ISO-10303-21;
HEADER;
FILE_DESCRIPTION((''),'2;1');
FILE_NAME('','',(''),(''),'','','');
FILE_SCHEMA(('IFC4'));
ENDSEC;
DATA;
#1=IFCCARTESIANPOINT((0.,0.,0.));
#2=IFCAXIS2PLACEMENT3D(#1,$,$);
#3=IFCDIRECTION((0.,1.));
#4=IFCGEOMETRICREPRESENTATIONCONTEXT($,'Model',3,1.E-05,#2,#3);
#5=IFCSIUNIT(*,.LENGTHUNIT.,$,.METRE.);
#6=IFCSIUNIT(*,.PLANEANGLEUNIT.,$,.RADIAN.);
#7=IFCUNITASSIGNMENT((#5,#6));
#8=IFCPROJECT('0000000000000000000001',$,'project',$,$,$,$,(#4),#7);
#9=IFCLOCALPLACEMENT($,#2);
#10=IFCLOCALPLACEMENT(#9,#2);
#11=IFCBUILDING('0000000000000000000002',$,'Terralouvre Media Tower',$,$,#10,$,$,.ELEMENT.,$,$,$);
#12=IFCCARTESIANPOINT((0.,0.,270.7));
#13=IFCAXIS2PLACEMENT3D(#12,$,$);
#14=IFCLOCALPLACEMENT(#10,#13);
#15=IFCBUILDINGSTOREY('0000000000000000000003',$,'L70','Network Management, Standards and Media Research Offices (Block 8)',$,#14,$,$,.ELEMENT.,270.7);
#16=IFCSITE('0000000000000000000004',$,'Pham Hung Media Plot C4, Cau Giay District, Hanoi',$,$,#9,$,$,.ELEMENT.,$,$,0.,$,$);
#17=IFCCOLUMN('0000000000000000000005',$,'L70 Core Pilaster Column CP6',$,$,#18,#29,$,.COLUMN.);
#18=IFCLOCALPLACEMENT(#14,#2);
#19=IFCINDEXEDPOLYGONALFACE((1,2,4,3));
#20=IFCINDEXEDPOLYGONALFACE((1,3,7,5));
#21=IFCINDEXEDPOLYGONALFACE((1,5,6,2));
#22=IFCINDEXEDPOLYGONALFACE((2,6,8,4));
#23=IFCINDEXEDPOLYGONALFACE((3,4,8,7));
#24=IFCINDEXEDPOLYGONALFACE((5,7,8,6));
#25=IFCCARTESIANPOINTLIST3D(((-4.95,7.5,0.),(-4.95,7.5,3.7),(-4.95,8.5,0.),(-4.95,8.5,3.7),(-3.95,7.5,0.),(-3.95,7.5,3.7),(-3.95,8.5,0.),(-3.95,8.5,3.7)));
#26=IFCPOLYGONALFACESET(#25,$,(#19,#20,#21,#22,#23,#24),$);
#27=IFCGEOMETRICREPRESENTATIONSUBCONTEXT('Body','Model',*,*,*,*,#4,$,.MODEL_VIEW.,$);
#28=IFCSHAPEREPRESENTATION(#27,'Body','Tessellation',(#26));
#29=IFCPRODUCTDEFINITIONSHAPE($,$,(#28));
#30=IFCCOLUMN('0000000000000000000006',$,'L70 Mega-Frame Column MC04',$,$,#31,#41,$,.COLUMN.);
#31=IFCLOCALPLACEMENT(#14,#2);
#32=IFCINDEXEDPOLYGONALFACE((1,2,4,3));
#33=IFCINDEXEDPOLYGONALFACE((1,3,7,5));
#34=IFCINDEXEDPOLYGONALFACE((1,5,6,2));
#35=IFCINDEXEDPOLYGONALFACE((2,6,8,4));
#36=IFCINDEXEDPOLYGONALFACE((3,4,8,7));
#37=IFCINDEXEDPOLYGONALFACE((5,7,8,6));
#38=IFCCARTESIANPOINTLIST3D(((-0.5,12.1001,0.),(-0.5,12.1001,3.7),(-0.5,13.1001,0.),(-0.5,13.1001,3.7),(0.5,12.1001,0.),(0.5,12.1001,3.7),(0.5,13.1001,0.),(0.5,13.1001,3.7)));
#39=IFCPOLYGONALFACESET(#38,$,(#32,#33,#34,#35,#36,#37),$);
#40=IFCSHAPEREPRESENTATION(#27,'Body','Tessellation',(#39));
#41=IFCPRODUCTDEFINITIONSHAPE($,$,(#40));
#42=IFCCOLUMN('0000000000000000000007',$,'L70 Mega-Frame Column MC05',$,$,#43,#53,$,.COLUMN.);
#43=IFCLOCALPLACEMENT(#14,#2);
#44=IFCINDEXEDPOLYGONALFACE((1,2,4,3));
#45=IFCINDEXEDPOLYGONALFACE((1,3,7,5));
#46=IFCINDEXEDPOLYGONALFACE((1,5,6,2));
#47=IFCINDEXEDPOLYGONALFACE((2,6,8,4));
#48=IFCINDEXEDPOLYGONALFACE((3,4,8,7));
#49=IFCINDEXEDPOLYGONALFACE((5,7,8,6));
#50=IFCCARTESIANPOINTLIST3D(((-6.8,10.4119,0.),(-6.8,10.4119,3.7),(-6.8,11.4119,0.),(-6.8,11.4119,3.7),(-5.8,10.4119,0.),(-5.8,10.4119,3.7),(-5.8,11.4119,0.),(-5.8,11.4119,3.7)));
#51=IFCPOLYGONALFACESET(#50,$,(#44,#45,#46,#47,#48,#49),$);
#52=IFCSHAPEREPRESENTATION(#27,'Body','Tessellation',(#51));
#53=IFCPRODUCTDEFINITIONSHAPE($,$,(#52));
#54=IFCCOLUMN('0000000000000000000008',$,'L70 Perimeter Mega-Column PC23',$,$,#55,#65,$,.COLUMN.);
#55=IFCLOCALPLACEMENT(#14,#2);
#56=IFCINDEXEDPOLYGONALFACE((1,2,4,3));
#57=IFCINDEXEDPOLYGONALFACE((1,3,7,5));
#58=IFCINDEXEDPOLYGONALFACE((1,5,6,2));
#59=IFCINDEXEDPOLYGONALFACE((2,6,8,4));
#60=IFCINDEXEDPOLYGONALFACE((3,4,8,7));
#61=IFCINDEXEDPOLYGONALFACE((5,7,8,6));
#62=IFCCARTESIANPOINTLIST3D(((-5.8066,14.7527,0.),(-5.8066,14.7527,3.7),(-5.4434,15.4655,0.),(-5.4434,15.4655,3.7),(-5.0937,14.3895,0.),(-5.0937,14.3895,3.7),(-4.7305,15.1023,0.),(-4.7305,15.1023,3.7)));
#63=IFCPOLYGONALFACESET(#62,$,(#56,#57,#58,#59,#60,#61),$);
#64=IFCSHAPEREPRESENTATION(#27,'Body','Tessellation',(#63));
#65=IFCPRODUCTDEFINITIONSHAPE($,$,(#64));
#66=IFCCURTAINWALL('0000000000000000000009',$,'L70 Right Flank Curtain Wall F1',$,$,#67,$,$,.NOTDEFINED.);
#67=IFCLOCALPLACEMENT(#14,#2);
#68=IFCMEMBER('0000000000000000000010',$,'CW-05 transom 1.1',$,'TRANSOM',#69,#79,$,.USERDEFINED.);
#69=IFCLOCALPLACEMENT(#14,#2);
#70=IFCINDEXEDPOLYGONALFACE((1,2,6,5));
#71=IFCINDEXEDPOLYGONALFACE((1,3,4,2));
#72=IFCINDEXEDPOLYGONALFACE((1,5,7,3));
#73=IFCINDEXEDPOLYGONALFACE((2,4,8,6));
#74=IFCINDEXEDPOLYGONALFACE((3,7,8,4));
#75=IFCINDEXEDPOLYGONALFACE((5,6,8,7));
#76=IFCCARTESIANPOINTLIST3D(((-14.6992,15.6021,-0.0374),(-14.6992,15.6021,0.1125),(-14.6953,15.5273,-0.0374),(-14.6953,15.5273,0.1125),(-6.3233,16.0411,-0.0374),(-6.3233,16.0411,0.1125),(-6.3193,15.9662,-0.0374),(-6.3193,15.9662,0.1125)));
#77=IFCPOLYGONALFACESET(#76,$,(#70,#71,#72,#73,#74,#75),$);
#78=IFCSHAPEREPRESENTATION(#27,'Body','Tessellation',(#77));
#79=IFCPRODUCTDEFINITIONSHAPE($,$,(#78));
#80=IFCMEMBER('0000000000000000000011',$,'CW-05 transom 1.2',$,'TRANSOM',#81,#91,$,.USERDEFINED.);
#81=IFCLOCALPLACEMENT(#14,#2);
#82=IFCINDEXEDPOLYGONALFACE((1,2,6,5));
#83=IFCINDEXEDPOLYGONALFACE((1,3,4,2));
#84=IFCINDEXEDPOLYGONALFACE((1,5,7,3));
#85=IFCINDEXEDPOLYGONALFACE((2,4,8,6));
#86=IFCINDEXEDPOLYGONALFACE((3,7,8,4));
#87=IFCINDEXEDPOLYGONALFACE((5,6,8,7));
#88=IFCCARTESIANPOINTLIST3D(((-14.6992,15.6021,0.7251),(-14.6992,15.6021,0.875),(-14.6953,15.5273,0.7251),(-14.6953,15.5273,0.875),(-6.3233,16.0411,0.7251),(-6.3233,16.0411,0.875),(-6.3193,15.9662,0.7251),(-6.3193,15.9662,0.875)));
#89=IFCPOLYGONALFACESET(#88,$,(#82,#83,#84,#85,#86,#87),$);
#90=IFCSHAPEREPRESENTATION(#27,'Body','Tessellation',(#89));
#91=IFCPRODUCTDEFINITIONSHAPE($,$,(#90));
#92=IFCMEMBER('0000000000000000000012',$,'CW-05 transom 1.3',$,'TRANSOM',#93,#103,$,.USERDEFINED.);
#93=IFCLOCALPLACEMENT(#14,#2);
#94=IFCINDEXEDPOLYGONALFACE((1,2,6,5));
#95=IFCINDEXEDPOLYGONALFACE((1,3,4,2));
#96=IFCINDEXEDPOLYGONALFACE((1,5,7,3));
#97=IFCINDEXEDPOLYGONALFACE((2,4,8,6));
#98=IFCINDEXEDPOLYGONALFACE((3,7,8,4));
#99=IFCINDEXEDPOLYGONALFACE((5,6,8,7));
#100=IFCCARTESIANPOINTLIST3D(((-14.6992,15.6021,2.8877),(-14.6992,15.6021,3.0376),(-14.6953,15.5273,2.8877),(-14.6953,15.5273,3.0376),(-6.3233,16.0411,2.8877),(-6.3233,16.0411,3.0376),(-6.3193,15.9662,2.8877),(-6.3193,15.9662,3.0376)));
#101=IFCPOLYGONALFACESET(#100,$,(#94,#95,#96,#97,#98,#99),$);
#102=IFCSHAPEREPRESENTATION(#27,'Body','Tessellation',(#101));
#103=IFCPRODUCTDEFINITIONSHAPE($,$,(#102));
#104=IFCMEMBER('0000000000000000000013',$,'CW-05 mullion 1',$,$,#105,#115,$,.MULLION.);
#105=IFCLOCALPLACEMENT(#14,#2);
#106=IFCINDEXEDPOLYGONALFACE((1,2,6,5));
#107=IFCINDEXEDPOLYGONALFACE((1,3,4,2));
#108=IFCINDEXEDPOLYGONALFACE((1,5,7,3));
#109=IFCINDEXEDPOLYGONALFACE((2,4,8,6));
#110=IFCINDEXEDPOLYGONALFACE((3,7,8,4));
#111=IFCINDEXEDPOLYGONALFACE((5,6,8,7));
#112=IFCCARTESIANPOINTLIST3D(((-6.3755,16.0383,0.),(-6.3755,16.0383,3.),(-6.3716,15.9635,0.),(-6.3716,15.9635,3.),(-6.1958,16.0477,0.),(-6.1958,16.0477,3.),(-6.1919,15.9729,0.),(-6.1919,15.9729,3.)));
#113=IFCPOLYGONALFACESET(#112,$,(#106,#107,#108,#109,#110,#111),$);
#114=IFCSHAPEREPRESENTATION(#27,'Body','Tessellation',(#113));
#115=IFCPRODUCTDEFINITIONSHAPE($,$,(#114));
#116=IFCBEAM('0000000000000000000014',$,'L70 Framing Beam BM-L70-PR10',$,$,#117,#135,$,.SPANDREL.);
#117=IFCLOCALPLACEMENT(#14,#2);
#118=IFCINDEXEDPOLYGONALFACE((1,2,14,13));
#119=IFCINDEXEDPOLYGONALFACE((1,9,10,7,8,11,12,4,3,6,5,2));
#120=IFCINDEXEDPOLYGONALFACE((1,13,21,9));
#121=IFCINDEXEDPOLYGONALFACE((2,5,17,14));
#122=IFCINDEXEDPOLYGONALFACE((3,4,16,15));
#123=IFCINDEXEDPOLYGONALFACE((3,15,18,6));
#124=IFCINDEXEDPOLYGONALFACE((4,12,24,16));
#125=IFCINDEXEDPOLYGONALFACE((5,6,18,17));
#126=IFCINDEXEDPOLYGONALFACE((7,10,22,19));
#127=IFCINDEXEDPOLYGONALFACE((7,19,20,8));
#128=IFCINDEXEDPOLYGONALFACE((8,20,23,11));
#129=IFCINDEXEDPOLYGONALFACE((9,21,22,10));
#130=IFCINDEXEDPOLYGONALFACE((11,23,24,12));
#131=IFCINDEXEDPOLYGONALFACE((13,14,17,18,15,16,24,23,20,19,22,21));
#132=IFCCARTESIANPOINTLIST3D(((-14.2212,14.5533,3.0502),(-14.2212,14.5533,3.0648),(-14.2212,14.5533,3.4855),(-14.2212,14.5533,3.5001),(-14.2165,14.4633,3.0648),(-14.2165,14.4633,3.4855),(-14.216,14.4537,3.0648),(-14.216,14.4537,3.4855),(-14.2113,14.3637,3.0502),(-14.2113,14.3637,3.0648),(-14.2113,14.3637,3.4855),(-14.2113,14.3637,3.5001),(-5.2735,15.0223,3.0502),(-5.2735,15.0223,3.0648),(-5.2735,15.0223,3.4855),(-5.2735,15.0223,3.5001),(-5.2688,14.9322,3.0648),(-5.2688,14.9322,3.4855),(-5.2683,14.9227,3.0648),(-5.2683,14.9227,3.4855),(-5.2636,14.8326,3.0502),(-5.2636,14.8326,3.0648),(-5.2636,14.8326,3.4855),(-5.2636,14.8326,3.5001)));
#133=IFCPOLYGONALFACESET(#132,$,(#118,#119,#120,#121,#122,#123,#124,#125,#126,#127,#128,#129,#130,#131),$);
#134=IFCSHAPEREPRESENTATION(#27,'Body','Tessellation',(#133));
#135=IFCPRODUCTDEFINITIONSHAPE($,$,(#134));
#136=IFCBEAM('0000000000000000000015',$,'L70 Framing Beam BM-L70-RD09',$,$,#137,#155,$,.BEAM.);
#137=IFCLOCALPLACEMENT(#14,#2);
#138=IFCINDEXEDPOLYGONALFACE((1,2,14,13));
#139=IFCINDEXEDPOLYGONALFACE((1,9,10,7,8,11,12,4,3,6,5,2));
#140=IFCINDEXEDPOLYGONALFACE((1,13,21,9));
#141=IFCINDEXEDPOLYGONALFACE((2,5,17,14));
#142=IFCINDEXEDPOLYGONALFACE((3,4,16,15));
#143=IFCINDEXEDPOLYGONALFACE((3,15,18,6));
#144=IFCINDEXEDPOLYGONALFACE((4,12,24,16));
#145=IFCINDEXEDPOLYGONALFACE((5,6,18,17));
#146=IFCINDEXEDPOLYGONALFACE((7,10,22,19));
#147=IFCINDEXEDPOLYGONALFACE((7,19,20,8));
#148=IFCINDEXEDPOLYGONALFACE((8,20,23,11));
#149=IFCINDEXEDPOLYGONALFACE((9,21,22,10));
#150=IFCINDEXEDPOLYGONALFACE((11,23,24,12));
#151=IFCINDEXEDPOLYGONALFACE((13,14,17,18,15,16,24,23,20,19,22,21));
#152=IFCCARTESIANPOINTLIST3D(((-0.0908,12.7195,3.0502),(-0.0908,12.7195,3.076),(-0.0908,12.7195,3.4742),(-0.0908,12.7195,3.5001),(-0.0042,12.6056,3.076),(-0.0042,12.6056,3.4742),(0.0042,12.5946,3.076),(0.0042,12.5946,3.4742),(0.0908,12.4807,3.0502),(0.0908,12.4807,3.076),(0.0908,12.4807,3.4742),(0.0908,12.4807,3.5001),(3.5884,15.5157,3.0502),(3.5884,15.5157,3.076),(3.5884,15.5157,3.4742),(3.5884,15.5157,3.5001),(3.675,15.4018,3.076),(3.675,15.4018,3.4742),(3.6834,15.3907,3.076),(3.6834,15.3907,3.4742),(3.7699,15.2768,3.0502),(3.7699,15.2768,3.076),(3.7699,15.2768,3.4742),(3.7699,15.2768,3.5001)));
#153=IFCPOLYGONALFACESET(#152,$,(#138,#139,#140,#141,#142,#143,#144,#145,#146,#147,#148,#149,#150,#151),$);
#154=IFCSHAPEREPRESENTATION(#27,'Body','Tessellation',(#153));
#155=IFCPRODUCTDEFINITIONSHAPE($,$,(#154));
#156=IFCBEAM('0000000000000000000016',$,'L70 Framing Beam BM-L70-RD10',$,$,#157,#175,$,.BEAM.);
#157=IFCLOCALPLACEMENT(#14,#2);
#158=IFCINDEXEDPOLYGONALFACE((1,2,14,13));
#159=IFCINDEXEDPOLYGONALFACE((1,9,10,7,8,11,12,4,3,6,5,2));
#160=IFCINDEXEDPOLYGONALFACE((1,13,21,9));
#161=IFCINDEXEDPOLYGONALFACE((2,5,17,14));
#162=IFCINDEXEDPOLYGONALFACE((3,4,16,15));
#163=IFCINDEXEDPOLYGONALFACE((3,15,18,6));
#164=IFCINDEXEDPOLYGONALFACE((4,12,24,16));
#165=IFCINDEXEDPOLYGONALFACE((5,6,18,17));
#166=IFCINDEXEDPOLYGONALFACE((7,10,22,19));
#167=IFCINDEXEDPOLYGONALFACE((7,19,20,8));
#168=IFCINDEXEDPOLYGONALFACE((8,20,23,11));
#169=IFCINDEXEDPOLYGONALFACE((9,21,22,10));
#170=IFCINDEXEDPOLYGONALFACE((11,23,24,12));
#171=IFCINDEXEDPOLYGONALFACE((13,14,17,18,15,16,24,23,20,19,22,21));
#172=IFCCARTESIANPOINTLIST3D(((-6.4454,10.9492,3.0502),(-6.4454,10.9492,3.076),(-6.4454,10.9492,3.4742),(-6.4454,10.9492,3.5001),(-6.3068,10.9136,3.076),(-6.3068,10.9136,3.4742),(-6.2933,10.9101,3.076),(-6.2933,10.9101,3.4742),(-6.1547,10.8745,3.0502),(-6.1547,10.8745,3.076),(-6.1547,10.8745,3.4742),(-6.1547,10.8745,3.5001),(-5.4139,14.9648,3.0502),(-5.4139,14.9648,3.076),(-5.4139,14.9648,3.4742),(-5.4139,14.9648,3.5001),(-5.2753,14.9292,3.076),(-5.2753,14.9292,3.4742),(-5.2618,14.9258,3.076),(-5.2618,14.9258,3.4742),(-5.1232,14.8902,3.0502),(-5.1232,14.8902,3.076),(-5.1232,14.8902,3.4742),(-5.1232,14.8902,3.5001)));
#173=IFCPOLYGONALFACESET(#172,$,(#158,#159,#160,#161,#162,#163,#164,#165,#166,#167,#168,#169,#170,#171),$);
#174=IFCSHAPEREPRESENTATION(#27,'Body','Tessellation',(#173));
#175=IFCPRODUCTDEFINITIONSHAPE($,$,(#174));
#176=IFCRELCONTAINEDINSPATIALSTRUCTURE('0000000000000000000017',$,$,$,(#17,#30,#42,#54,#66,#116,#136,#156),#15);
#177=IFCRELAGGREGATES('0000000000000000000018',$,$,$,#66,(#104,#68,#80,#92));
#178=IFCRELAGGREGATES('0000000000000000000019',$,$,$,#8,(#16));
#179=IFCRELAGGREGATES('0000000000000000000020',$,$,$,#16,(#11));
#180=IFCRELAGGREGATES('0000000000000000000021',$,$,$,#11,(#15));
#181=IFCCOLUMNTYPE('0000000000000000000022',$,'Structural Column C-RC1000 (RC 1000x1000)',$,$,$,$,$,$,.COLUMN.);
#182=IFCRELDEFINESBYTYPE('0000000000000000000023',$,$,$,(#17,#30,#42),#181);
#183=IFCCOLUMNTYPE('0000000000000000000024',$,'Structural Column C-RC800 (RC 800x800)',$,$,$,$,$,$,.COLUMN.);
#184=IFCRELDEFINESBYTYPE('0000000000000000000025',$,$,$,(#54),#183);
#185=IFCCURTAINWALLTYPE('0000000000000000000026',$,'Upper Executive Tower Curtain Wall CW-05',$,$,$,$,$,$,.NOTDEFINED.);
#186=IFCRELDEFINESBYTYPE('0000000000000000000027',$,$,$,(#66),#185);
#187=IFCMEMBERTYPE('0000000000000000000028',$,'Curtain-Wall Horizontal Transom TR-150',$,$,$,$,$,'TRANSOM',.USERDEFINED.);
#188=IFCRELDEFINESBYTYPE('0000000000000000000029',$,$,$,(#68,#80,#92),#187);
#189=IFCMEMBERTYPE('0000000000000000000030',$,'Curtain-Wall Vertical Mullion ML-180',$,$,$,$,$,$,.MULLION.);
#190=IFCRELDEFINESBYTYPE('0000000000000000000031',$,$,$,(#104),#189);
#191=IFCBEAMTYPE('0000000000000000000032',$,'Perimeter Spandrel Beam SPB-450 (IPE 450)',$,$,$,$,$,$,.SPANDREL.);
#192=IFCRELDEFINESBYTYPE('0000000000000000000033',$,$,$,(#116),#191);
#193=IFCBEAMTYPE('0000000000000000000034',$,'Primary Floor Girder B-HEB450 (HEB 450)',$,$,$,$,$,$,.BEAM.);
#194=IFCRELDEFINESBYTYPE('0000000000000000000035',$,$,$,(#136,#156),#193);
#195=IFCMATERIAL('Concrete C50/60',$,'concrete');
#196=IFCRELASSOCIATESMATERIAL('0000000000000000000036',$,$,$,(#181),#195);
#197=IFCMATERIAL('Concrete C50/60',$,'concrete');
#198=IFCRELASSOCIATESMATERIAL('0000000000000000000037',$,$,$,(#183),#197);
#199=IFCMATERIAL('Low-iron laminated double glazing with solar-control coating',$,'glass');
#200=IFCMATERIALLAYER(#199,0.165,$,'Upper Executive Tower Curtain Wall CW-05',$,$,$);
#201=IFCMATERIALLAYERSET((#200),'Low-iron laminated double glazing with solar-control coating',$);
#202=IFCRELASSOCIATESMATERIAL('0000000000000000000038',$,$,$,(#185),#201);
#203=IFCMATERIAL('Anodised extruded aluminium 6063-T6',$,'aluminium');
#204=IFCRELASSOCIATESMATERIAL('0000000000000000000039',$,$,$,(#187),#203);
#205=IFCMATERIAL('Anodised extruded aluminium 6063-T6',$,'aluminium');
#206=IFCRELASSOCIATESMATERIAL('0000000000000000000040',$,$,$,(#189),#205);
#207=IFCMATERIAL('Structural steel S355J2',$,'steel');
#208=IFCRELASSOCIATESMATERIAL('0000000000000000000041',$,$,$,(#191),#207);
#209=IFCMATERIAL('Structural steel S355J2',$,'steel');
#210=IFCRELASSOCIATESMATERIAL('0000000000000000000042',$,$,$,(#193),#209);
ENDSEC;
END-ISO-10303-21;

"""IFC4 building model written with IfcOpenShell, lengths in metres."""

from ifc_helpers import new_model, si_unit, direction, frame, origin, origin_2d, place, context, subcontext, project, spatial, rectangle, i_section, extrude, material, layer, layer_set, material_profile, profile_set, type_object, element, aggregate, save


model = new_model("IFC4")

# Units and contexts
model_context = context("Model", 3, precision=1e-05, world=origin(), true_north=direction((0.0, 1.0)))
body_context = subcontext(model_context, "Body", "Model", "MODEL_VIEW")
ifc_project = project(units=[si_unit("LENGTHUNIT", "METRE"), si_unit("PLANEANGLEUNIT", "RADIAN")], contexts=[model_context])

# Site, building, storey
site_placement = place(None, origin())
site = spatial("IfcSite", under=ifc_project, at=site_placement, Name="Pham Hung Media Plot C4, Cau Giay District, Hanoi", CompositionType="ELEMENT", RefElevation=0.0)
building_placement = place(site_placement, origin())
building = spatial("IfcBuilding", under=site, at=building_placement, Name="Terralouvre Media Tower", CompositionType="ELEMENT")
storey_placement = place(building_placement, frame((0.0, 0.0, 270.7)))
storey = spatial("IfcBuildingStorey", under=building, at=storey_placement, Name="L70", Description="Network Management, Standards and Media Research Offices (Block 8)", CompositionType="ELEMENT", Elevation=270.7)

# Columns
ifc_material_1 = material(Name="Concrete C50/60", Category="concrete")
ifc_material_profile_1 = material_profile(ifc_material_1, rectangle(XDim=1.0, YDim=1.0, at=origin_2d()), Name="RC 1000x1000")
ifc_profile_set_1 = profile_set([ifc_material_profile_1], Name="Concrete C50/60")
column_type_1 = type_object("IfcColumnType", Name="Structural Column C-RC1000 (RC 1000x1000)", PredefinedType="COLUMN", material=ifc_profile_set_1)
for number, where, z_axis, x_axis, name in (
    (1, (-4.45, 8.0, 0.0), (0.0, 0.0, 1.0), (1.0, 0.0, 0.0), "L70 Core Pilaster Column CP6"),
    (2, (0.0, 12.6001, 0.0), (0.0, 0.0, 1.0), (1.0, 0.0, 0.0), "L70 Mega-Frame Column MC04"),
    (3, (-6.3, 10.9119, 0.0), (0.0, 0.0, 1.0), (1.0, 0.0, 0.0), "L70 Mega-Frame Column MC05"),
):
    element("IfcColumn", number, at=place(storey_placement, frame(where, z_axis=z_axis, x_axis=x_axis)), inside=storey, type_object=column_type_1, Name=name, PredefinedType="COLUMN", context=body_context, shape_type="SweptSolid", body=[
        extrude(rectangle(XDim=1.0, YDim=1.0, at=origin_2d()), origin(), (0.0, 0.0, 1.0), 3.7),
    ])
ifc_material_2 = material(Name="Concrete C50/60", Category="concrete")
ifc_material_profile_2 = material_profile(ifc_material_2, rectangle(XDim=0.8, YDim=0.8, at=origin_2d()), Name="RC 800x800")
ifc_profile_set_2 = profile_set([ifc_material_profile_2], Name="Concrete C50/60")
column_type_2 = type_object("IfcColumnType", Name="Structural Column C-RC800 (RC 800x800)", PredefinedType="COLUMN", material=ifc_profile_set_2)
column_placement = place(storey_placement, frame((-5.2686, 14.9275, 0.0), z_axis=(0.0, 0.0, 1.0), x_axis=(0.45399, 0.891007, 0.0)))
element("IfcColumn", 4, at=column_placement, inside=storey, type_object=column_type_2, Name="L70 Perimeter Mega-Column PC23", PredefinedType="COLUMN", context=body_context, shape_type="SweptSolid", body=[
    extrude(rectangle(XDim=0.8, YDim=0.8, at=origin_2d()), origin(), (0.0, 0.0, 1.0), 3.7),
])

# Curtain wall, members
ifc_material_3 = material(Name="Low-iron laminated double glazing with solar-control coating", Category="glass")
ifc_layer_1 = layer(ifc_material_3, 0.165, Name="Upper Executive Tower Curtain Wall CW-05")
ifc_layer_set_1 = layer_set([ifc_layer_1], Name="Low-iron laminated double glazing with solar-control coating")
curtain_wall_type = type_object("IfcCurtainWallType", Name="Upper Executive Tower Curtain Wall CW-05", PredefinedType="NOTDEFINED", material=ifc_layer_set_1)
curtain_wall_placement = place(storey_placement, origin())
curtain_wall = element("IfcCurtainWall", 5, at=curtain_wall_placement, inside=storey, type_object=curtain_wall_type, Name="L70 Right Flank Curtain Wall F1", PredefinedType="NOTDEFINED")
ifc_material_4 = material(Name="Anodised extruded aluminium 6063-T6", Category="aluminium")
ifc_material_profile_3 = material_profile(ifc_material_4, rectangle(XDim=0.075, YDim=0.1499, at=origin_2d()), Name="ALU 75x150")
ifc_profile_set_3 = profile_set([ifc_material_profile_3], Name="Anodised extruded aluminium 6063-T6")
member_type_1 = type_object("IfcMemberType", Name="Curtain-Wall Horizontal Transom TR-150", ElementType="TRANSOM", PredefinedType="USERDEFINED", material=ifc_profile_set_3)
member_1_placement = place(storey_placement, frame((-6.3213, 16.0037, 0.0376), z_axis=(-0.99863, -0.052336, 0.0), x_axis=(0.052336, -0.99863, 0.0)))
member_1 = element("IfcMember", 6, at=member_1_placement, type_object=member_type_1, Name="CW-05 transom 1.1", ObjectType="TRANSOM", PredefinedType="USERDEFINED", context=body_context, shape_type="SweptSolid", body=[
    extrude(rectangle(XDim=0.075, YDim=0.1499, at=origin_2d()), origin(), (0.0, 0.0, 1.0), 8.3875),
])
member_2_placement = place(storey_placement, frame((-6.3213, 16.0037, 0.8), z_axis=(-0.99863, -0.052336, 0.0), x_axis=(0.052336, -0.99863, 0.0)))
member_2 = element("IfcMember", 7, at=member_2_placement, type_object=member_type_1, Name="CW-05 transom 1.2", ObjectType="TRANSOM", PredefinedType="USERDEFINED", context=body_context, shape_type="SweptSolid", body=[
    extrude(rectangle(XDim=0.075, YDim=0.1499, at=origin_2d()), origin(), (0.0, 0.0, 1.0), 8.3875),
])
member_3_placement = place(storey_placement, frame((-6.3213, 16.0037, 2.9626), z_axis=(-0.99863, -0.052336, 0.0), x_axis=(0.052336, -0.99863, 0.0)))
member_3 = element("IfcMember", 8, at=member_3_placement, type_object=member_type_1, Name="CW-05 transom 1.3", ObjectType="TRANSOM", PredefinedType="USERDEFINED", context=body_context, shape_type="SweptSolid", body=[
    extrude(rectangle(XDim=0.075, YDim=0.1499, at=origin_2d()), origin(), (0.0, 0.0, 1.0), 8.3875),
])
ifc_material_5 = material(Name="Anodised extruded aluminium 6063-T6", Category="aluminium")
ifc_material_profile_4 = material_profile(ifc_material_5, rectangle(XDim=0.075, YDim=0.1799, at=origin_2d()), Name="ALU 75x180")
ifc_profile_set_4 = profile_set([ifc_material_profile_4], Name="Anodised extruded aluminium 6063-T6")
member_type_2 = type_object("IfcMemberType", Name="Curtain-Wall Vertical Mullion ML-180", PredefinedType="MULLION", material=ifc_profile_set_4)
member_4_placement = place(storey_placement, frame((-6.2837, 16.0056, 0.0), z_axis=(0.0, 0.0, 1.0), x_axis=(0.052336, -0.99863, 0.0)))
member_4 = element("IfcMember", 9, at=member_4_placement, type_object=member_type_2, Name="CW-05 mullion 1", PredefinedType="MULLION", context=body_context, shape_type="SweptSolid", body=[
    extrude(rectangle(XDim=0.075, YDim=0.1799, at=origin_2d()), origin(), (0.0, 0.0, 1.0), 3.0),
])

# Beams
ifc_material_6 = material(Name="Structural steel S355J2", Category="steel")
ifc_material_profile_5 = material_profile(ifc_material_6, i_section(OverallWidth=0.1899, OverallDepth=0.45, WebThickness=0.0095, FlangeThickness=0.0146, at=origin_2d()), Name="IPE 450")
ifc_profile_set_5 = profile_set([ifc_material_profile_5], Name="Structural steel S355J2")
beam_type_1 = type_object("IfcBeamType", Name="Perimeter Spandrel Beam SPB-450 (IPE 450)", PredefinedType="SPANDREL", material=ifc_profile_set_5)
beam_1_placement = place(storey_placement, frame((-5.2686, 14.9275, 3.2751), z_axis=(-0.998629, -0.052343, 0.0), x_axis=(0.052343, -0.998629, 0.0)))
element("IfcBeam", 10, at=beam_1_placement, inside=storey, type_object=beam_type_1, Name="L70 Framing Beam BM-L70-PR10", PredefinedType="SPANDREL", context=body_context, shape_type="SweptSolid", body=[
    extrude(i_section(OverallWidth=0.1899, OverallDepth=0.45, WebThickness=0.0095, FlangeThickness=0.0146, at=origin_2d()), origin(), (0.0, 0.0, 1.0), 8.96),
])
ifc_material_7 = material(Name="Structural steel S355J2", Category="steel")
ifc_material_profile_6 = material_profile(ifc_material_7, i_section(OverallWidth=0.3, OverallDepth=0.45, WebThickness=0.0139, FlangeThickness=0.0259, at=origin_2d()), Name="HEB 450")
ifc_profile_set_6 = profile_set([ifc_material_profile_6], Name="Structural steel S355J2")
beam_type_2 = type_object("IfcBeamType", Name="Primary Floor Girder B-HEB450 (HEB 450)", PredefinedType="BEAM", material=ifc_profile_set_6)
beam_2_placement = place(storey_placement, frame((0.0, 12.6001, 3.2751), z_axis=(0.796167, 0.605077, 0.0), x_axis=(-0.605077, 0.796167, 0.0)))
element("IfcBeam", 11, at=beam_2_placement, inside=storey, type_object=beam_type_2, Name="L70 Framing Beam BM-L70-RD09", PredefinedType="BEAM", context=body_context, shape_type="SweptSolid", body=[
    extrude(i_section(OverallWidth=0.3, OverallDepth=0.45, WebThickness=0.0139, FlangeThickness=0.0259, at=origin_2d()), origin(), (0.0, 0.0, 1.0), 4.6211),
])
beam_3_placement = place(storey_placement, frame((-6.3, 10.9119, 3.2751), z_axis=(0.248793, 0.968557, 0.0), x_axis=(-0.968557, 0.248793, 0.0)))
element("IfcBeam", 12, at=beam_3_placement, inside=storey, type_object=beam_type_2, Name="L70 Framing Beam BM-L70-RD10", PredefinedType="BEAM", context=body_context, shape_type="SweptSolid", body=[
    extrude(i_section(OverallWidth=0.3, OverallDepth=0.45, WebThickness=0.0139, FlangeThickness=0.0259, at=origin_2d()), origin(), (0.0, 0.0, 1.0), 4.146),
])

aggregate(curtain_wall, [member_4, member_1, member_2, member_3])

save(model, "model.ifc")
